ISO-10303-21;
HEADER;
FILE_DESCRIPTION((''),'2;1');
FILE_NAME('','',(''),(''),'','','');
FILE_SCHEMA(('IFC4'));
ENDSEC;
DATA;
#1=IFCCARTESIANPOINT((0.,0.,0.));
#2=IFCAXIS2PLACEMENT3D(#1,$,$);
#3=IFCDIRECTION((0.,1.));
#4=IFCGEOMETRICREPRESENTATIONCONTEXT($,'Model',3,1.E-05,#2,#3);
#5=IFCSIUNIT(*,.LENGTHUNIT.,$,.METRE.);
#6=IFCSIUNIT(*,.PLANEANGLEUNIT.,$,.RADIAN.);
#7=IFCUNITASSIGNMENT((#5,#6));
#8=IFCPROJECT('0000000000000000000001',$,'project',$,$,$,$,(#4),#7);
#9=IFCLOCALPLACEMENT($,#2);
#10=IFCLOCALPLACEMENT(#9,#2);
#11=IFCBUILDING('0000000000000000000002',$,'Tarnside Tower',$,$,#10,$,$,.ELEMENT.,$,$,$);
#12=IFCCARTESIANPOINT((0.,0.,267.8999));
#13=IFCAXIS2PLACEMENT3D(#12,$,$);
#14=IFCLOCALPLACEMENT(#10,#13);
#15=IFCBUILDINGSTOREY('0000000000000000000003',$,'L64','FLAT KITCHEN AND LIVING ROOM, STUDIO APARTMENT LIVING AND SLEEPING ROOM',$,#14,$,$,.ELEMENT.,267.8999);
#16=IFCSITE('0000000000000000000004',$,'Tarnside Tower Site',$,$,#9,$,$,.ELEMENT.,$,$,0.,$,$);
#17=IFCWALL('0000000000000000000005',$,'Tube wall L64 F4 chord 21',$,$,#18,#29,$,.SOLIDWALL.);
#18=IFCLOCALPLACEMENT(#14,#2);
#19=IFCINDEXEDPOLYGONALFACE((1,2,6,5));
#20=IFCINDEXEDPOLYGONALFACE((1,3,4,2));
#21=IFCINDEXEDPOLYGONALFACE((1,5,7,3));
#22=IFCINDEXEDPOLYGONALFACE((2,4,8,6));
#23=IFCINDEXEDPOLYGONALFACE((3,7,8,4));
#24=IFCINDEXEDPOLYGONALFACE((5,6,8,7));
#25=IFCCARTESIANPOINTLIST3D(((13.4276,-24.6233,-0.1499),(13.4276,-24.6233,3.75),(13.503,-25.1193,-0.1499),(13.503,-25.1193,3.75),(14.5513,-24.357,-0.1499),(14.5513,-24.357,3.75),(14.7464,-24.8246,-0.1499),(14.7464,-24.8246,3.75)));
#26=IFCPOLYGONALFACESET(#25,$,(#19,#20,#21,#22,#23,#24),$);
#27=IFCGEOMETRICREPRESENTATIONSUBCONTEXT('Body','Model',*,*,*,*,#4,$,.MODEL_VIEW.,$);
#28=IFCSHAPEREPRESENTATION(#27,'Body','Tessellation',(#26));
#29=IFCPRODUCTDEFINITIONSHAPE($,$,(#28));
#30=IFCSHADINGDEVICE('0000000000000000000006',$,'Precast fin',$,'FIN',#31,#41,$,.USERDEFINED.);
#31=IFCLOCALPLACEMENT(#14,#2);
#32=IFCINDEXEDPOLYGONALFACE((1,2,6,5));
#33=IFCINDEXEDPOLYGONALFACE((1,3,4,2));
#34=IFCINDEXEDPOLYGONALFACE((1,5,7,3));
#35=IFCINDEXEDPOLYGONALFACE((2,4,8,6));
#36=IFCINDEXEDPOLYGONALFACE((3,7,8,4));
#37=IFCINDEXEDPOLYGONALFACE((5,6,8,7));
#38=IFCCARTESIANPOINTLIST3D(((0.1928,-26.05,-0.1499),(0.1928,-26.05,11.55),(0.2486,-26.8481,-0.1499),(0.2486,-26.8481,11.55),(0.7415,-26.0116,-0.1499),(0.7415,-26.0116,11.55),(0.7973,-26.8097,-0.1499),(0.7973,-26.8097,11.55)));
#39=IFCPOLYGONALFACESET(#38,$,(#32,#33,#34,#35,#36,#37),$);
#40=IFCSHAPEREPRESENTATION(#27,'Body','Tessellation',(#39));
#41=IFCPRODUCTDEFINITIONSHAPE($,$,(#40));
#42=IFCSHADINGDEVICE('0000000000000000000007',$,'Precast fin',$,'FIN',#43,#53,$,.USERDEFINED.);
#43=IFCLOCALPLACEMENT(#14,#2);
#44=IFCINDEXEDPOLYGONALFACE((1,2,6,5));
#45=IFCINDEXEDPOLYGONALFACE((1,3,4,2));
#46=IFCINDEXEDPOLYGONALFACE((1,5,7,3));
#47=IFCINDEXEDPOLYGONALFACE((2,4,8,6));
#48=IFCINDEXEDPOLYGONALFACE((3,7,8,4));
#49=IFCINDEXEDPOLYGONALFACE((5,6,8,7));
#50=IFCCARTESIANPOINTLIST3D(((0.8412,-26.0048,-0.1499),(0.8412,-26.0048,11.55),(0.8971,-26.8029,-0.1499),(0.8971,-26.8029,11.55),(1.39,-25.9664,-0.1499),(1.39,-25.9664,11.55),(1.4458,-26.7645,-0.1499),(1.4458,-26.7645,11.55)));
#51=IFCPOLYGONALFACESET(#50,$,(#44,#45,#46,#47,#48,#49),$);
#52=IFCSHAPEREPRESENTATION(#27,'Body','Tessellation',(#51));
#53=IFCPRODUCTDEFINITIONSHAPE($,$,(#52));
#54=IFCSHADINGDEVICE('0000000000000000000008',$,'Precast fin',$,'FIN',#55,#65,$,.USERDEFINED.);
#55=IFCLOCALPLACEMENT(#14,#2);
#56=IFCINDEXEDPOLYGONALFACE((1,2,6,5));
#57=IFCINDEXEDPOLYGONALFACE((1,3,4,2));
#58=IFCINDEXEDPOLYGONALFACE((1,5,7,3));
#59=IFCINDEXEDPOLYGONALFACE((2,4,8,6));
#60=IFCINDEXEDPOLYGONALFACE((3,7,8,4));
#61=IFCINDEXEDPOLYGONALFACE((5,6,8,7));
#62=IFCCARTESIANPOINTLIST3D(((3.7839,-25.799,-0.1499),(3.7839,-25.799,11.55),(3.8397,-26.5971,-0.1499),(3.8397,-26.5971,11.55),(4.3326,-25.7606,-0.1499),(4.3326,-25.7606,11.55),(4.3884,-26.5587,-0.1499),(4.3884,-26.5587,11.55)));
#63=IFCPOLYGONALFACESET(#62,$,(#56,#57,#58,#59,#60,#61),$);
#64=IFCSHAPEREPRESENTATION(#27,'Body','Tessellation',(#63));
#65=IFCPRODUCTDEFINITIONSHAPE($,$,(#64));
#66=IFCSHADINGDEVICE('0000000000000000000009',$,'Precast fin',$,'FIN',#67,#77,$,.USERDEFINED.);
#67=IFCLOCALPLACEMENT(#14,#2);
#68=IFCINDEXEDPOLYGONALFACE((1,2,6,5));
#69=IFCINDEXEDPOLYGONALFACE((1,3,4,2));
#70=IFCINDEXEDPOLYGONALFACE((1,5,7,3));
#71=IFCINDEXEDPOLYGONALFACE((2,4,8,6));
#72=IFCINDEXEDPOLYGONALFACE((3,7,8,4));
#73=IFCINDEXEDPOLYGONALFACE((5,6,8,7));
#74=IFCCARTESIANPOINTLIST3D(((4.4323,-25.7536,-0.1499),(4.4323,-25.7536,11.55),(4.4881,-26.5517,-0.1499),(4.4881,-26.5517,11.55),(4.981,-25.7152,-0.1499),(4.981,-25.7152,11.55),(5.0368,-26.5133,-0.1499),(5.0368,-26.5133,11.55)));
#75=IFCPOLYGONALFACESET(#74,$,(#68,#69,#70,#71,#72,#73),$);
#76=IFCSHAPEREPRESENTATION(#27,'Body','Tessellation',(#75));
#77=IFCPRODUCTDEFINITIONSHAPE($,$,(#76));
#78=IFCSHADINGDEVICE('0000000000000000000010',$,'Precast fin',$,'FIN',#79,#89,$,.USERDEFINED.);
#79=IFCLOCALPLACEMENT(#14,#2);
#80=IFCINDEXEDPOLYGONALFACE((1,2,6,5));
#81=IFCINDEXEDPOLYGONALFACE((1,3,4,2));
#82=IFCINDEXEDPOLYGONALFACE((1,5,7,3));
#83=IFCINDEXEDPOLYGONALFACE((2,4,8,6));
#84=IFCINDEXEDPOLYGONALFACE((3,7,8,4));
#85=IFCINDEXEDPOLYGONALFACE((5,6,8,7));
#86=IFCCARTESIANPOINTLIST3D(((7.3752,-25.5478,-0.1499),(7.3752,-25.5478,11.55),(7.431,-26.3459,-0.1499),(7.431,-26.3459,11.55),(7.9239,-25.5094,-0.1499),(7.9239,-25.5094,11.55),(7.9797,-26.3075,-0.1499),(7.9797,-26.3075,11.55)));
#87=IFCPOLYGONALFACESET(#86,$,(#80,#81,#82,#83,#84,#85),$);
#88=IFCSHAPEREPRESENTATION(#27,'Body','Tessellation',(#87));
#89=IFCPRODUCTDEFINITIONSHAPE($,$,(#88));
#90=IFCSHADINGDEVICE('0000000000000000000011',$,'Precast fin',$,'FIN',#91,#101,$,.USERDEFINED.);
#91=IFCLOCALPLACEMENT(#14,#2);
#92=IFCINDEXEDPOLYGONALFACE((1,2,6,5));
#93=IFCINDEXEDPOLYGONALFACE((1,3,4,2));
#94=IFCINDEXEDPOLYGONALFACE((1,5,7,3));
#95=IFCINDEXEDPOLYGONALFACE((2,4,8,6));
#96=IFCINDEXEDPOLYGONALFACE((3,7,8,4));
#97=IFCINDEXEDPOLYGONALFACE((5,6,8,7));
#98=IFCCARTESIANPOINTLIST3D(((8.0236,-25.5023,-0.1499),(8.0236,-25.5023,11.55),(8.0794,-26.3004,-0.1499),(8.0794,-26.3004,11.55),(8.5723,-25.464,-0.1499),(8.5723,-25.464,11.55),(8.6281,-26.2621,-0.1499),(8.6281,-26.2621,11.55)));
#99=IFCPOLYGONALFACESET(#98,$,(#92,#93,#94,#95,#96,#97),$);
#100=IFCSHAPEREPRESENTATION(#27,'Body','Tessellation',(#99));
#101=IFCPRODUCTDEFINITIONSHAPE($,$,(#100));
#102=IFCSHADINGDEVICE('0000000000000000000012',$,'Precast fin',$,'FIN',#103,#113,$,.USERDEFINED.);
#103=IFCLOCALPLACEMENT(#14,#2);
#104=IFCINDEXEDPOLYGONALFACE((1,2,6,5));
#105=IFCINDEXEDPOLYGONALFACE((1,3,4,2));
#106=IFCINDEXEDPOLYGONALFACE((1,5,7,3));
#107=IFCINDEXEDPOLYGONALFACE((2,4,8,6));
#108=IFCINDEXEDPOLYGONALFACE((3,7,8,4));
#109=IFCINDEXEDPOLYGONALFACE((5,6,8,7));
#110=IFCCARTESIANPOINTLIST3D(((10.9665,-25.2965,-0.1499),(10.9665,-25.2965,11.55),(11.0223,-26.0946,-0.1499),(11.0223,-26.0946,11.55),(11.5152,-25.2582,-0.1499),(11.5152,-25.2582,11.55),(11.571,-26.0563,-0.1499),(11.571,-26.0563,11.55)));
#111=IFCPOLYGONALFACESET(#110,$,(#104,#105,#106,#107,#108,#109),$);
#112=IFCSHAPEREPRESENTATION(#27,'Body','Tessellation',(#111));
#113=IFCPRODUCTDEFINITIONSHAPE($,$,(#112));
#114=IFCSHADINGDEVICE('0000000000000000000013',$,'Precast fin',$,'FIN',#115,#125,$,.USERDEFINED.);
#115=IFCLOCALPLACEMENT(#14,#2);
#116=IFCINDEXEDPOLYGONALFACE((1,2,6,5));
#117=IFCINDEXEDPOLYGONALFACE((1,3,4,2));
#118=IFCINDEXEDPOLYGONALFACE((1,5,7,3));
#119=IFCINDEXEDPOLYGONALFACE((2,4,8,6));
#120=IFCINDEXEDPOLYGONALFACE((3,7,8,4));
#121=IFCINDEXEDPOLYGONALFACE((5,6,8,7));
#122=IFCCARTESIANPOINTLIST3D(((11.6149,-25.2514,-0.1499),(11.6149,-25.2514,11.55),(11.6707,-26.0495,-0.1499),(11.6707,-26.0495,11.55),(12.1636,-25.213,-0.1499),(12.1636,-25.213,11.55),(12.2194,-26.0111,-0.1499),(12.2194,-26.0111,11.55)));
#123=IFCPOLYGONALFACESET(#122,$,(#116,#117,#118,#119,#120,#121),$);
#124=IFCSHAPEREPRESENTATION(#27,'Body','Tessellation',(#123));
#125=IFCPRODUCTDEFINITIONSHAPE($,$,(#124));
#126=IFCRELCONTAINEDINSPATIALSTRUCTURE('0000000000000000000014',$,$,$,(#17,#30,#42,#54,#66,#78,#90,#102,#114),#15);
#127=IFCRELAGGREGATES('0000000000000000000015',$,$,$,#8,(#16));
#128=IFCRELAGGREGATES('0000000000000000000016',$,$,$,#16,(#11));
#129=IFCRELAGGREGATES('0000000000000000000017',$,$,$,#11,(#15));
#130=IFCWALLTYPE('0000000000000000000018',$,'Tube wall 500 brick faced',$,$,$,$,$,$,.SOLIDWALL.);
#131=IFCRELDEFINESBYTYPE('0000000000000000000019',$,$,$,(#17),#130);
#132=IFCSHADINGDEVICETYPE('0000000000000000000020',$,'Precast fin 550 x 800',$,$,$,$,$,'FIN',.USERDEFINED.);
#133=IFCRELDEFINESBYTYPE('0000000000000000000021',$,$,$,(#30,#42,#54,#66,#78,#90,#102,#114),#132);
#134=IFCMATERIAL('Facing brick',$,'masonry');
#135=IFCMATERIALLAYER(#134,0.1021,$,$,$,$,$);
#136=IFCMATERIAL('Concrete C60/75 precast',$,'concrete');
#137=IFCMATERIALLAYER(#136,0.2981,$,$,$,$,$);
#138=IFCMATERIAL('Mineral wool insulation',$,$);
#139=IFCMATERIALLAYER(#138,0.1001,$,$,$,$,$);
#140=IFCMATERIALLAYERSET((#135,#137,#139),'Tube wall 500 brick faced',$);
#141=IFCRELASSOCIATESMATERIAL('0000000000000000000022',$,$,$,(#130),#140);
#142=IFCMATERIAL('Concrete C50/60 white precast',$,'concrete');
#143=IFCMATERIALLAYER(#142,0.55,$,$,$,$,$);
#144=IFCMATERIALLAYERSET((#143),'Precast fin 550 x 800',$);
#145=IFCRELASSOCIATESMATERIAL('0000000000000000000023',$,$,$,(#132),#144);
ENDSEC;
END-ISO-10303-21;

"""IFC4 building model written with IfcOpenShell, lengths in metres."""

from ifc_helpers import new_model, si_unit, direction, frame, origin, place, context, subcontext, project, spatial, polyline, outline, extrude, material, layer, layer_set, type_object, element, save


model = new_model("IFC4")

# Units and contexts
model_context = context("Model", 3, precision=1e-05, world=origin(), true_north=direction((0.0, 1.0)))
body_context = subcontext(model_context, "Body", "Model", "MODEL_VIEW")
ifc_project = project(units=[si_unit("LENGTHUNIT", "METRE"), si_unit("PLANEANGLEUNIT", "RADIAN")], contexts=[model_context])

# Site, building, storey
site_placement = place(None, origin())
site = spatial("IfcSite", under=ifc_project, at=site_placement, Name="Tarnside Tower Site", CompositionType="ELEMENT", RefElevation=0.0)
building_placement = place(site_placement, origin())
building = spatial("IfcBuilding", under=site, at=building_placement, Name="Tarnside Tower", CompositionType="ELEMENT")
storey_placement = place(building_placement, frame((0.0, 0.0, 267.8999)))
storey = spatial("IfcBuildingStorey", under=building, at=storey_placement, Name="L64", Description="FLAT KITCHEN AND LIVING ROOM, STUDIO APARTMENT LIVING AND SLEEPING ROOM", CompositionType="ELEMENT", Elevation=267.8999)

# Shared definitions
ifc_material_1 = material(Name="Concrete C60/75 precast", Category="concrete")
ifc_material_2 = material(Name="Mineral wool insulation")

# Wall
ifc_material_3 = material(Name="Facing brick", Category="masonry")
ifc_layer_1 = layer(ifc_material_3, 0.1021)
ifc_layer_2 = layer(ifc_material_1, 0.2981)
ifc_layer_3 = layer(ifc_material_2, 0.1001)
ifc_layer_set_1 = layer_set([ifc_layer_1, ifc_layer_2, ifc_layer_3], Name="Tube wall 500 brick faced")
wall_type_1 = type_object("IfcWallType", Name="Tube wall 500 brick faced", PredefinedType="SOLIDWALL", material=ifc_layer_set_1)
wall_1_placement = place(storey_placement, frame((13.4653, -24.8713, -0.1499), z_axis=(0.0, 0.0, 1.0), x_axis=(0.973045, 0.230616, 0.0)))
element("IfcWall", 1, at=wall_1_placement, inside=storey, type_object=wall_type_1, Name="Tube wall L64 F4 chord 21", PredefinedType="SOLIDWALL", context=body_context, shape_type="SweptSolid", body=[
    extrude(outline(polyline([(-0.0205, -0.25), (1.2573, -0.25), (1.1753, 0.25), (0.0205, 0.25), (-0.0205, -0.25)])), origin(), (0.0, 0.0, 1.0), 3.8999),
])

# Shading devices
ifc_material_4 = material(Name="Concrete C50/60 white precast", Category="concrete")
ifc_layer_4 = layer(ifc_material_4, 0.55)
ifc_layer_set_2 = layer_set([ifc_layer_4], Name="Precast fin 550 x 800")
shading_device_type = type_object("IfcShadingDeviceType", Name="Precast fin 550 x 800", ElementType="FIN", PredefinedType="USERDEFINED", material=ifc_layer_set_2)
for number, where, z_axis, x_axis, name in (
    (2, (0.4673, -26.0308, -0.1499), (-0.997564, -0.069756, 0.0), (0.069756, -0.997564, 0.0), "Precast fin"),
    (3, (1.1157, -25.9856, -0.1499), (-0.997564, -0.069756, 0.0), (0.069756, -0.997564, 0.0), "Precast fin"),
    (4, (4.0583, -25.7798, -0.1499), (-0.997564, -0.069756, 0.0), (0.069756, -0.997564, 0.0), "Precast fin"),
    (5, (4.7068, -25.7344, -0.1499), (-0.997564, -0.069756, 0.0), (0.069756, -0.997564, 0.0), "Precast fin"),
    (6, (7.6497, -25.5286, -0.1499), (-0.997564, -0.069756, 0.0), (0.069756, -0.997564, 0.0), "Precast fin"),
    (7, (8.2981, -25.4832, -0.1499), (-0.997564, -0.069756, 0.0), (0.069756, -0.997564, 0.0), "Precast fin"),
    (8, (11.241, -25.2773, -0.1499), (-0.997564, -0.069756, 0.0), (0.069756, -0.997564, 0.0), "Precast fin"),
    (9, (11.8894, -25.2322, -0.1499), (-0.997564, -0.069756, 0.0), (0.069756, -0.997564, 0.0), "Precast fin"),
):
    element("IfcShadingDevice", number, at=place(storey_placement, frame(where, z_axis=z_axis, x_axis=x_axis)), inside=storey, type_object=shading_device_type, Name=name, ObjectType="FIN", PredefinedType="USERDEFINED", context=body_context, shape_type="SweptSolid", body=[
        extrude(outline(polyline([(0.0, 0.0), (0.8, 0.0), (0.8, 11.7), (0.0, 11.7), (0.0, 0.0)])), frame((0.0, 0.0, -0.2749)), (0.0, 0.0, 1.0), 0.55),
    ])

save(model, "model.ifc")
